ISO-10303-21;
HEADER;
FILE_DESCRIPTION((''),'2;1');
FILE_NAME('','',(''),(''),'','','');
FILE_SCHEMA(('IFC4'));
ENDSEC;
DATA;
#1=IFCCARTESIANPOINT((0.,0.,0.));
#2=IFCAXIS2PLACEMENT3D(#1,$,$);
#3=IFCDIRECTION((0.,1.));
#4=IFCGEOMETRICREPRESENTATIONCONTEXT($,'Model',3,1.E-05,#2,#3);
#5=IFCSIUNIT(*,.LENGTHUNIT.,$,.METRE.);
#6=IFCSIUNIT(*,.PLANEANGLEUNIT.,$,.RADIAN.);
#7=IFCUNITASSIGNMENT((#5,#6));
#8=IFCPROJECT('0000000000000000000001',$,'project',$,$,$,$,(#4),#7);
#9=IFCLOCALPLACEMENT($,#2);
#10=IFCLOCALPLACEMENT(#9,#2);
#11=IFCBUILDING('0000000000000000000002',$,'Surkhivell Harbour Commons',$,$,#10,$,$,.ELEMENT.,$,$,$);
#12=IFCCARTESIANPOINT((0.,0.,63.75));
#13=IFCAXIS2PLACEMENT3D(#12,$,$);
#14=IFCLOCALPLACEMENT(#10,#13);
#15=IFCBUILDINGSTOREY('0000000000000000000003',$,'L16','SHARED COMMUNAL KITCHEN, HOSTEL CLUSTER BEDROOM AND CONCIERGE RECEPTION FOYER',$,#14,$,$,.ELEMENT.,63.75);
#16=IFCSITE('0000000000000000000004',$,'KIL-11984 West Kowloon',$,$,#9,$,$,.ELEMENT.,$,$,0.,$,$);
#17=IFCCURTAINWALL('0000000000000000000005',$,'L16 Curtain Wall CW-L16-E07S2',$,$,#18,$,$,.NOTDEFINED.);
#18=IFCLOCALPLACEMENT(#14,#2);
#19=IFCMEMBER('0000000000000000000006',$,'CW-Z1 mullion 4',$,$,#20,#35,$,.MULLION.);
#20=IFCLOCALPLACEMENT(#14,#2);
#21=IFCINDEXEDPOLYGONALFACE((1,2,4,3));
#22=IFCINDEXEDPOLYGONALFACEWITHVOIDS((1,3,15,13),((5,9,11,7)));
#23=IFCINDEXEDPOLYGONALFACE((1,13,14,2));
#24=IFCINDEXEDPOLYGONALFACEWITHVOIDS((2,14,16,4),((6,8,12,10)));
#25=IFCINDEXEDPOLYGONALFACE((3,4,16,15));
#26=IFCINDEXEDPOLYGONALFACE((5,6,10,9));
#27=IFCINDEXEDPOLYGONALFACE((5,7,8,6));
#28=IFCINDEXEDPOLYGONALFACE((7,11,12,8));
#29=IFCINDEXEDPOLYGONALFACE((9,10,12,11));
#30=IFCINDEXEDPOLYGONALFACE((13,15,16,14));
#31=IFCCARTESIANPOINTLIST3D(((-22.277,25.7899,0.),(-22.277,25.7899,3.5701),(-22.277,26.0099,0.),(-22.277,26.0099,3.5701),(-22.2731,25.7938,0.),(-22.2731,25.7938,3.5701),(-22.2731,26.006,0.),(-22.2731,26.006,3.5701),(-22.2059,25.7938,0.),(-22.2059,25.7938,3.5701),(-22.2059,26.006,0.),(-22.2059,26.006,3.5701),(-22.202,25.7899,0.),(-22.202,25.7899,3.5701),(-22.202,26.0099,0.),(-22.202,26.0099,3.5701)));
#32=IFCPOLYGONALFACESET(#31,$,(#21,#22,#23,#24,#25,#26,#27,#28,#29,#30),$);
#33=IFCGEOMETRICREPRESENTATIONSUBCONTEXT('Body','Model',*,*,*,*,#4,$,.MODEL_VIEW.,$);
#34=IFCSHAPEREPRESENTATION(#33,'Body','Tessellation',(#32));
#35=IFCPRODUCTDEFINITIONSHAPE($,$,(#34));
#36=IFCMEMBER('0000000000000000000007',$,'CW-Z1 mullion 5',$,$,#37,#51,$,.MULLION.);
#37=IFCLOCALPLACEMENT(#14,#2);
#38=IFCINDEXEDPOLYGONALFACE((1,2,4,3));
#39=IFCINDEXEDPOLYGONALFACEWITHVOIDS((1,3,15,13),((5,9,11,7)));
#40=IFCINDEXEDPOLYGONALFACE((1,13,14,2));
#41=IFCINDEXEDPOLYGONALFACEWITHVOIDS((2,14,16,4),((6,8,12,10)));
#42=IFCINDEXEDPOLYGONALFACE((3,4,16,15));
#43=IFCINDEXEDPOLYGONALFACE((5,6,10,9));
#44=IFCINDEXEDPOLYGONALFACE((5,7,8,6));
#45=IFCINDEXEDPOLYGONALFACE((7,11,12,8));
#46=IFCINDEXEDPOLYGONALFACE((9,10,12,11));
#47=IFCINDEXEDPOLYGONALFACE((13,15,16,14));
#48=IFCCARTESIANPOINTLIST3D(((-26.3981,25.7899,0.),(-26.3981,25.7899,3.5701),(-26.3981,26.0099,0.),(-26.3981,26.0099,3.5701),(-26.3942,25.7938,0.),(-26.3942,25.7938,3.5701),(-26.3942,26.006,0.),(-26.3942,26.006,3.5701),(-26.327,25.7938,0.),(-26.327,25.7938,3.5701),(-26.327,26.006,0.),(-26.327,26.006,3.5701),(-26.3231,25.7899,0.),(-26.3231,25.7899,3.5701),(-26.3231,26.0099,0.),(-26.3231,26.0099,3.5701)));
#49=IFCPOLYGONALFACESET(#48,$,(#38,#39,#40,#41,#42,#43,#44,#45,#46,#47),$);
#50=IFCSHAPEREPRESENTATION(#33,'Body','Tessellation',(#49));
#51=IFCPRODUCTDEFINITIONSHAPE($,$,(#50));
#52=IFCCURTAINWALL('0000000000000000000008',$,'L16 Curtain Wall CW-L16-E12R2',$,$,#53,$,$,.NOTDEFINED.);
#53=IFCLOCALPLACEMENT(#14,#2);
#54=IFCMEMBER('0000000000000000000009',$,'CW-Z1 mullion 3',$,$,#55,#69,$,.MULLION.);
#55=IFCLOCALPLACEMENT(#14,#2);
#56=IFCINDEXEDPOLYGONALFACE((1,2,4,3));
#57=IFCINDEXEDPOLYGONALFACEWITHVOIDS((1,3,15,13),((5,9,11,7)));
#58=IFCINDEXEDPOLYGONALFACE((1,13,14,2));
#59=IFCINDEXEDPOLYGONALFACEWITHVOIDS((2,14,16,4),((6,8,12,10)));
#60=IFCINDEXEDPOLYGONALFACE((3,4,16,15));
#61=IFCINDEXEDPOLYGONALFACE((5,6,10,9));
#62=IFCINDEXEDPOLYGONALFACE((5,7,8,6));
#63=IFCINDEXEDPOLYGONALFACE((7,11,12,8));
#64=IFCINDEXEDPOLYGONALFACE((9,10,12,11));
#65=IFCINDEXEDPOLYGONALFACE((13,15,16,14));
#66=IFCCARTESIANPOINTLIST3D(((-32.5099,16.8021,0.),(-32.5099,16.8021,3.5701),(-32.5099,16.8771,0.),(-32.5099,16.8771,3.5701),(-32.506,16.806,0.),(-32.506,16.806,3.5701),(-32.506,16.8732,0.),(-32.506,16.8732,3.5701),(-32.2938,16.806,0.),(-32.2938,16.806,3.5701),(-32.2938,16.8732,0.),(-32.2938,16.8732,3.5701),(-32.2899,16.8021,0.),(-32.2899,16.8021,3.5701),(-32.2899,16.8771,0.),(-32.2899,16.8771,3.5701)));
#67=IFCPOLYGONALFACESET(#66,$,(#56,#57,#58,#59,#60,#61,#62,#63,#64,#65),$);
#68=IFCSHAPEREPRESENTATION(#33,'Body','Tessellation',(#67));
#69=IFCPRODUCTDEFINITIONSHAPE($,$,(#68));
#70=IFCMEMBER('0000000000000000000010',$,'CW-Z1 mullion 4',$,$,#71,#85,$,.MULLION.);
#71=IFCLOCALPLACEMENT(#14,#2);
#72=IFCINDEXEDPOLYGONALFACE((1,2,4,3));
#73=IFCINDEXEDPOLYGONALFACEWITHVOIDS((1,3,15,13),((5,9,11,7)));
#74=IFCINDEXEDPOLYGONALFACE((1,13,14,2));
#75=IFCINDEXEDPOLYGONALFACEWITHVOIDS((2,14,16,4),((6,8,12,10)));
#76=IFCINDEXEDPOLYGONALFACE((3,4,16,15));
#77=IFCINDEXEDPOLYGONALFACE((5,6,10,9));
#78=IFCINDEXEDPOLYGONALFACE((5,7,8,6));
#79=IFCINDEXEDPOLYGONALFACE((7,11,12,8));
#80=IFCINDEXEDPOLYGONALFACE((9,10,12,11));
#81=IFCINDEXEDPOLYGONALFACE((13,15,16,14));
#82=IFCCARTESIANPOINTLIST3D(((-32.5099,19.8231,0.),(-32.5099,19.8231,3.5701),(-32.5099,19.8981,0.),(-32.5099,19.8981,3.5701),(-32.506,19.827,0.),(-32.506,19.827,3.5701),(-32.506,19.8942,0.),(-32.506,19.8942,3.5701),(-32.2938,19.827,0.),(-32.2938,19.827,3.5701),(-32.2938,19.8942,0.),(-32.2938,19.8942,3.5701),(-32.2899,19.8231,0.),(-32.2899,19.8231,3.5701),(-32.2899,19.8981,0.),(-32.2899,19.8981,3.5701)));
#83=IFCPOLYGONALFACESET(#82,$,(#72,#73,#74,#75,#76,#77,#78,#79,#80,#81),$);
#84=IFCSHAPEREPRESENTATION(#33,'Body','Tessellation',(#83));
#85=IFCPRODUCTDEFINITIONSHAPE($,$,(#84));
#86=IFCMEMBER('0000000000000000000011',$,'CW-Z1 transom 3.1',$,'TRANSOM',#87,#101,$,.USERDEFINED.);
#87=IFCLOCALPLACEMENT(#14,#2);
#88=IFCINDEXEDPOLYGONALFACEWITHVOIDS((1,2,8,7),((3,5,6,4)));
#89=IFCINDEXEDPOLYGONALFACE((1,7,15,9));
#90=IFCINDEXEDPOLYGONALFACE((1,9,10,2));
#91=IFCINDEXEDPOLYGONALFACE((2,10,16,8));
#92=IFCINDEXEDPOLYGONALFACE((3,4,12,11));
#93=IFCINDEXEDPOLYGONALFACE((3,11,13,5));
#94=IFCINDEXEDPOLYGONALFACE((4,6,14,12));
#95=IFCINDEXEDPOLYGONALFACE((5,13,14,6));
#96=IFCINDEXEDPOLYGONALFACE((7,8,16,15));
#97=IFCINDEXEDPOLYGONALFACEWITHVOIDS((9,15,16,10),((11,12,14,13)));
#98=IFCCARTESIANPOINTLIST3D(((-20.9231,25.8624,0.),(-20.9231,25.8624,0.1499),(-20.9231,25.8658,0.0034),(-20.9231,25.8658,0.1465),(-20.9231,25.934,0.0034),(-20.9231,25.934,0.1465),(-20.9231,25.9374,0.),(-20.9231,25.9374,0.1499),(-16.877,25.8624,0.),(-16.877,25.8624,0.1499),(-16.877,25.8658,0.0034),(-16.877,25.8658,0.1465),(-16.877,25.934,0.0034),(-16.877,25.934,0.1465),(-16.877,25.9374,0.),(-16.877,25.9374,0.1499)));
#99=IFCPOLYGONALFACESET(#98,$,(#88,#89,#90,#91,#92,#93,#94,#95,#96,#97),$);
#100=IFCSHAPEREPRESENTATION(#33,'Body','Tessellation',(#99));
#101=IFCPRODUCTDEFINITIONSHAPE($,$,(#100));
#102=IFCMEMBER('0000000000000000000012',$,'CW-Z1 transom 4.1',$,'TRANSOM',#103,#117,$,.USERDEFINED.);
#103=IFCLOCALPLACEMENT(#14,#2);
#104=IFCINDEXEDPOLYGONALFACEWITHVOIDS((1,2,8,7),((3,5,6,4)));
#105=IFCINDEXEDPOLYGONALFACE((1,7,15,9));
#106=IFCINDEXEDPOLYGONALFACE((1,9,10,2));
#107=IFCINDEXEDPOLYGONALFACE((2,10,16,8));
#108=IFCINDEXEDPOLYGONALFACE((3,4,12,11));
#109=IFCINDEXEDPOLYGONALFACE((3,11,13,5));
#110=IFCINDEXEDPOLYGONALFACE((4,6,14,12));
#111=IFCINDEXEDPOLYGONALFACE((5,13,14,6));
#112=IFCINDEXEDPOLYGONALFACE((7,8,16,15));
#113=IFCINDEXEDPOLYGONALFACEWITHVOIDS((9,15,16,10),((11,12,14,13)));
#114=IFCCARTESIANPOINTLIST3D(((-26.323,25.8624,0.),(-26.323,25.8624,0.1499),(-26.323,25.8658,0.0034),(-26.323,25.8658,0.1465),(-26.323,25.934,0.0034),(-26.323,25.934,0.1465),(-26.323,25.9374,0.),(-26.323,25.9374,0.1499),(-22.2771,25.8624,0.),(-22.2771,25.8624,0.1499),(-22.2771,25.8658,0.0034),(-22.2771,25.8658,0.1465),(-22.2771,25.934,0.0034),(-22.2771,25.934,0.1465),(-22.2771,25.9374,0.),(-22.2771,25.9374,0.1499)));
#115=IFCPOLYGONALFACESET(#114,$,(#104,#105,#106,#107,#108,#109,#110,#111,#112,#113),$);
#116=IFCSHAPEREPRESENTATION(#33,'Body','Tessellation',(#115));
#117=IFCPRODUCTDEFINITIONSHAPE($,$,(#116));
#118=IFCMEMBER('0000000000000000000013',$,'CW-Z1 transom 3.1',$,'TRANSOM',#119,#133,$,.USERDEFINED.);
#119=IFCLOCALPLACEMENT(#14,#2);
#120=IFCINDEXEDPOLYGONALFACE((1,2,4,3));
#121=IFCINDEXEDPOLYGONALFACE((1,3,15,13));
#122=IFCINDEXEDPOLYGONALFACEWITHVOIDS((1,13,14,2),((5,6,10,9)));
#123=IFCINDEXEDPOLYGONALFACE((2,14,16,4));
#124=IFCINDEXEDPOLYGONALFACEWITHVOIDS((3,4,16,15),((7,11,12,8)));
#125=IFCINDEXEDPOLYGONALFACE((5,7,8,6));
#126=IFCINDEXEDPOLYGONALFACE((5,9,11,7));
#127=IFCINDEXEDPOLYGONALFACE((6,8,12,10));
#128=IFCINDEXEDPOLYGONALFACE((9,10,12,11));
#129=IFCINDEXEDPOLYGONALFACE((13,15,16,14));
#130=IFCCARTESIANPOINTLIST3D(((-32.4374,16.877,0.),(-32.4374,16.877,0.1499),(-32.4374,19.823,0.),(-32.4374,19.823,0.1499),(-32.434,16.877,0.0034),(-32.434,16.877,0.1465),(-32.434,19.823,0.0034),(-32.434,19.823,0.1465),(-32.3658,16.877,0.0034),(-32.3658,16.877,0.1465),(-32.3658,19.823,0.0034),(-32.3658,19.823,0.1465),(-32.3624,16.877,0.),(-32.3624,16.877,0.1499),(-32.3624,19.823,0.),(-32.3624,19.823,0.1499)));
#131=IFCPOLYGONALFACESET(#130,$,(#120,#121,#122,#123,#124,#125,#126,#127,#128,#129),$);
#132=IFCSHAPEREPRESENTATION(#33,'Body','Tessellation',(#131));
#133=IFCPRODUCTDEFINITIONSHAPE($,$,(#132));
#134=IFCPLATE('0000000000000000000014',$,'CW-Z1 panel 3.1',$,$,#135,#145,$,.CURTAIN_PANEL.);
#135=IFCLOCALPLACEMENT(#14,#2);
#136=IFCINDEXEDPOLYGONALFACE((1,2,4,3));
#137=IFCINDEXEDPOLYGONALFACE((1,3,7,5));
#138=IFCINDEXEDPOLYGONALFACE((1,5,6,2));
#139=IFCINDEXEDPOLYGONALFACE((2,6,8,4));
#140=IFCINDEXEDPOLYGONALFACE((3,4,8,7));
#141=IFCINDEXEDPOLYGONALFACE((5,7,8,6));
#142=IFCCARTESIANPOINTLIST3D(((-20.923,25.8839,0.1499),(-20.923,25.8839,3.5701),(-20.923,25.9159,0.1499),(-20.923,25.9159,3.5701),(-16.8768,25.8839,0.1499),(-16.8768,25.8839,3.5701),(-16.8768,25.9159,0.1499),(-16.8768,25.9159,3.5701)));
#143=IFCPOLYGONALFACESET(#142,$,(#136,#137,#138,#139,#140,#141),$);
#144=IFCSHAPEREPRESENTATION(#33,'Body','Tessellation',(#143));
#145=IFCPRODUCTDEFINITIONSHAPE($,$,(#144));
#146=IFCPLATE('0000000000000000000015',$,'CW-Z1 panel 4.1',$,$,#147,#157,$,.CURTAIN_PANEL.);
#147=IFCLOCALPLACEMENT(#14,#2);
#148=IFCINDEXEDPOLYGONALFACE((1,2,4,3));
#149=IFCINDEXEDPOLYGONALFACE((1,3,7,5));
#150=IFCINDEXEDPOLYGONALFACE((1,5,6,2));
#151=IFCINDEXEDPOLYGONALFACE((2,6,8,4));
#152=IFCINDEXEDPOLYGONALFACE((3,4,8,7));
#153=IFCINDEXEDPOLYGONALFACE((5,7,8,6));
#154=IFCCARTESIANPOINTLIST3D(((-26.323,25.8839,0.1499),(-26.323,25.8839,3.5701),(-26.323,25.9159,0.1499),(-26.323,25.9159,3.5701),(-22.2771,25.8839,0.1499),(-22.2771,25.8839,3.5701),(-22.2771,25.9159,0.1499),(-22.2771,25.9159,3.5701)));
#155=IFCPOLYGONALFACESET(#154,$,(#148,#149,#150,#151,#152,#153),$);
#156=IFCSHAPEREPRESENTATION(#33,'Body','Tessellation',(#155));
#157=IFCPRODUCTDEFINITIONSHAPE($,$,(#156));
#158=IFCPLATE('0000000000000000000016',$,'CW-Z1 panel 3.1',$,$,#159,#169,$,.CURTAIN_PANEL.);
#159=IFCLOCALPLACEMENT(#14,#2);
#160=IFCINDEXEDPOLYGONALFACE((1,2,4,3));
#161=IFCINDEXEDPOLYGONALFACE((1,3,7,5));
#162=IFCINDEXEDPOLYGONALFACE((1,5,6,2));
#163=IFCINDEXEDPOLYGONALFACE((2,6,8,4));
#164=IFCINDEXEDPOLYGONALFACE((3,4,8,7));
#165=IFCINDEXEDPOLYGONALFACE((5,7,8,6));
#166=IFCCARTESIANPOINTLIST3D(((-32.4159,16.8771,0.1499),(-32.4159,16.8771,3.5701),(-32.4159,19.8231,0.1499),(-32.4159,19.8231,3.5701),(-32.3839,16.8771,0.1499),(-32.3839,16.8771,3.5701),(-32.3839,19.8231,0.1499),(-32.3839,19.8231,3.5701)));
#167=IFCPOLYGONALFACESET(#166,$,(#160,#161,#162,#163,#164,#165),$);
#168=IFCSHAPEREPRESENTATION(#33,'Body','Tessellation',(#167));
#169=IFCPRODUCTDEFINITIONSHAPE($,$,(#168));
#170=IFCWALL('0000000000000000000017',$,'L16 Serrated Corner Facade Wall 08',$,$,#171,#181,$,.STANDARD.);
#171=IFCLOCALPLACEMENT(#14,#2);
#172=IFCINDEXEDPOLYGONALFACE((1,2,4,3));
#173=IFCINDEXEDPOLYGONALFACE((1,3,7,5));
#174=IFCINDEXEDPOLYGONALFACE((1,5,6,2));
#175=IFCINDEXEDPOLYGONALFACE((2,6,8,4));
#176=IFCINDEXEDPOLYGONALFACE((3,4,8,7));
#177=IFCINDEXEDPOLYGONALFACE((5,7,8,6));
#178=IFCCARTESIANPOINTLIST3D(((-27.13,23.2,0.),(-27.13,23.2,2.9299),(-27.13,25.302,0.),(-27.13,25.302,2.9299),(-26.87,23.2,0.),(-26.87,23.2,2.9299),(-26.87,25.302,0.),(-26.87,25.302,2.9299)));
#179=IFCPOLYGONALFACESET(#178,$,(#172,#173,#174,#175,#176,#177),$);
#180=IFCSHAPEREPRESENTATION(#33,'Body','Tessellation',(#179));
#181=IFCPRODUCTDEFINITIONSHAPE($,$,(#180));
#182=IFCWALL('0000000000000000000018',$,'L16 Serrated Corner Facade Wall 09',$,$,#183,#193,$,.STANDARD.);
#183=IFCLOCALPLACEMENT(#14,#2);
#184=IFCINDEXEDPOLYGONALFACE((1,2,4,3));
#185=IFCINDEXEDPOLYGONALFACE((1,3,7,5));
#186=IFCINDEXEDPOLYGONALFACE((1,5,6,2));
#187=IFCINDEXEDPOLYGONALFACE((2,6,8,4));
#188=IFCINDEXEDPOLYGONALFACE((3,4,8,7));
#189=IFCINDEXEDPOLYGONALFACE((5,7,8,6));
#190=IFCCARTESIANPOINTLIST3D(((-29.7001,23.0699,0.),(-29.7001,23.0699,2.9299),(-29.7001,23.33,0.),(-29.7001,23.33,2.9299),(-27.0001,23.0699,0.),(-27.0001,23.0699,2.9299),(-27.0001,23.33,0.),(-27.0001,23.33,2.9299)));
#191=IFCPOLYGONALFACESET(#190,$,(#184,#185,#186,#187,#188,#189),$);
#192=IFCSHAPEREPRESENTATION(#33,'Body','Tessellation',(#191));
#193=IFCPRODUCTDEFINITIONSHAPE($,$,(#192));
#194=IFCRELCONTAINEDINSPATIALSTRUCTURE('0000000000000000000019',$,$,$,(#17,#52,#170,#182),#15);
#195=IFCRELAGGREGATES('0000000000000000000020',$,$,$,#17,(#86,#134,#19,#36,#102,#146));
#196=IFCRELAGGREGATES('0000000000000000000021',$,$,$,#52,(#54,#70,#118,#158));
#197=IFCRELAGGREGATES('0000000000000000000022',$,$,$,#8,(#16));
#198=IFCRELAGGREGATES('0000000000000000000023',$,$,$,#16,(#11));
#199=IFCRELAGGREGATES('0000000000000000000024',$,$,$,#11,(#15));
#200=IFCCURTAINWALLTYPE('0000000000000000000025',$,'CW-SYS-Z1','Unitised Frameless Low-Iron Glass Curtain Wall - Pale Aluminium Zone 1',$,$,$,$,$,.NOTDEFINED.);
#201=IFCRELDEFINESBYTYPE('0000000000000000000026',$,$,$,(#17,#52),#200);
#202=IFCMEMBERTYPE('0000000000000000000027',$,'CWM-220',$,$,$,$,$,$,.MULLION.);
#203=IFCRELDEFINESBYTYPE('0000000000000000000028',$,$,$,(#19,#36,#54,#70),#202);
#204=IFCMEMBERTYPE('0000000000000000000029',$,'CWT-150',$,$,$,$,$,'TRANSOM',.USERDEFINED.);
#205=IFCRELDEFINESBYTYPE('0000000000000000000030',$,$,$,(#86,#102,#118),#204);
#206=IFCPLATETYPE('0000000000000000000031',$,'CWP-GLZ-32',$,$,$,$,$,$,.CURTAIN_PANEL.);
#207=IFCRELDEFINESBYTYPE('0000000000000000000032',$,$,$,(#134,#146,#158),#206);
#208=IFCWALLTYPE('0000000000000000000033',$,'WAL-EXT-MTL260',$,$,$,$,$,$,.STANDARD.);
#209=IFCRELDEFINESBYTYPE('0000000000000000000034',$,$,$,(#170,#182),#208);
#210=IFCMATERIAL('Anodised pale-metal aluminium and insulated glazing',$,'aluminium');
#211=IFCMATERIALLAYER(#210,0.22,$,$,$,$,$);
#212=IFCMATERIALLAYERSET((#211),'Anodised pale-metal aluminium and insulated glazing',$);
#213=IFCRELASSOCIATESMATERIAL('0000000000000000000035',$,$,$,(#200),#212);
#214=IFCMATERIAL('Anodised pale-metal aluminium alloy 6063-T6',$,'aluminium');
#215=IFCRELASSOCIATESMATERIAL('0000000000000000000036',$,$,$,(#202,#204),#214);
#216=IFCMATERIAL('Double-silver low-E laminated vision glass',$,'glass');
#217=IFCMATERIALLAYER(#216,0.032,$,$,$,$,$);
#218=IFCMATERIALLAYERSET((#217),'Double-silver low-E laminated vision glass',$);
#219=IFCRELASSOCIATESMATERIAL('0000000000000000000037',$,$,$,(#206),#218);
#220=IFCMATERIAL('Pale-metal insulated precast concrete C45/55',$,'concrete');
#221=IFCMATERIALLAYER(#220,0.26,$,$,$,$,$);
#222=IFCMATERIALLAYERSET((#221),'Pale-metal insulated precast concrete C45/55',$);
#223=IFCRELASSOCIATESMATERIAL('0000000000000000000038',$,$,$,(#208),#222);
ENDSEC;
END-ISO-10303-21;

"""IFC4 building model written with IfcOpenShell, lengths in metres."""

from ifc_helpers import new_model, si_unit, direction, frame, frame_2d, origin, origin_2d, place, context, subcontext, project, spatial, rectangle, hollow_rectangle, extrude, material, layer, layer_set, material_profile, profile_set, type_object, element, aggregate, save


model = new_model("IFC4")

# Units and contexts
model_context = context("Model", 3, precision=1e-05, world=origin(), true_north=direction((0.0, 1.0)))
body_context = subcontext(model_context, "Body", "Model", "MODEL_VIEW")
ifc_project = project(units=[si_unit("LENGTHUNIT", "METRE"), si_unit("PLANEANGLEUNIT", "RADIAN")], contexts=[model_context])

# Site, building, storey
site_placement = place(None, origin())
site = spatial("IfcSite", under=ifc_project, at=site_placement, Name="KIL-11984 West Kowloon", CompositionType="ELEMENT", RefElevation=0.0)
building_placement = place(site_placement, origin())
building = spatial("IfcBuilding", under=site, at=building_placement, Name="Surkhivell Harbour Commons", CompositionType="ELEMENT")
storey_placement = place(building_placement, frame((0.0, 0.0, 63.75)))
storey = spatial("IfcBuildingStorey", under=building, at=storey_placement, Name="L16", Description="SHARED COMMUNAL KITCHEN, HOSTEL CLUSTER BEDROOM AND CONCIERGE RECEPTION FOYER", CompositionType="ELEMENT", Elevation=63.75)

# Curtain walls, members
ifc_material_1 = material(Name="Anodised pale-metal aluminium and insulated glazing", Category="aluminium")
ifc_layer_1 = layer(ifc_material_1, 0.22)
ifc_layer_set_1 = layer_set([ifc_layer_1], Name="Anodised pale-metal aluminium and insulated glazing")
curtain_wall_type = type_object("IfcCurtainWallType", Name="CW-SYS-Z1", Description="Unitised Frameless Low-Iron Glass Curtain Wall - Pale Aluminium Zone 1", PredefinedType="NOTDEFINED", material=ifc_layer_set_1)
curtain_wall_1_placement = place(storey_placement, origin())
curtain_wall_1 = element("IfcCurtainWall", 1, at=curtain_wall_1_placement, inside=storey, type_object=curtain_wall_type, Name="L16 Curtain Wall CW-L16-E07S2", PredefinedType="NOTDEFINED")
ifc_material_2 = material(Name="Anodised pale-metal aluminium alloy 6063-T6", Category="aluminium")
ifc_material_profile_1 = material_profile(ifc_material_2, hollow_rectangle(XDim=0.075, YDim=0.22, WallThickness=0.0039, at=origin_2d()), Name="ALU-MULL-75x220")
ifc_profile_set_1 = profile_set([ifc_material_profile_1], Name="Anodised pale-metal aluminium alloy 6063-T6")
member_type_1 = type_object("IfcMemberType", Name="CWM-220", PredefinedType="MULLION", material=ifc_profile_set_1)
member_1_placement = place(storey_placement, frame((-22.2395, 25.8999, 0.0), z_axis=(0.0, 0.0, 1.0), x_axis=(-1.0, 0.0, 0.0)))
member_1 = element("IfcMember", 2, at=member_1_placement, type_object=member_type_1, Name="CW-Z1 mullion 4", PredefinedType="MULLION", context=body_context, shape_type="SweptSolid", body=[
    extrude(hollow_rectangle(XDim=0.075, YDim=0.22, WallThickness=0.0039, at=origin_2d()), origin(), (0.0, 0.0, 1.0), 3.5701),
])
member_2_placement = place(storey_placement, frame((-26.3606, 25.8999, 0.0), z_axis=(0.0, 0.0, 1.0), x_axis=(-1.0, 0.0, 0.0)))
member_2 = element("IfcMember", 3, at=member_2_placement, type_object=member_type_1, Name="CW-Z1 mullion 5", PredefinedType="MULLION", context=body_context, shape_type="SweptSolid", body=[
    extrude(hollow_rectangle(XDim=0.075, YDim=0.22, WallThickness=0.0039, at=origin_2d()), origin(), (0.0, 0.0, 1.0), 3.5701),
])
curtain_wall_2_placement = place(storey_placement, origin())
curtain_wall_2 = element("IfcCurtainWall", 4, at=curtain_wall_2_placement, inside=storey, type_object=curtain_wall_type, Name="L16 Curtain Wall CW-L16-E12R2", PredefinedType="NOTDEFINED")
member_3_placement = place(storey_placement, frame((-32.3999, 16.8396, 0.0), z_axis=(0.0, 0.0, 1.0), x_axis=(0.0, 1.0, 0.0)))
member_3 = element("IfcMember", 5, at=member_3_placement, type_object=member_type_1, Name="CW-Z1 mullion 3", PredefinedType="MULLION", context=body_context, shape_type="SweptSolid", body=[
    extrude(hollow_rectangle(XDim=0.075, YDim=0.22, WallThickness=0.0039, at=origin_2d()), origin(), (0.0, 0.0, 1.0), 3.5701),
])
member_4_placement = place(storey_placement, frame((-32.3999, 19.8606, 0.0), z_axis=(0.0, 0.0, 1.0), x_axis=(0.0, 1.0, 0.0)))
member_4 = element("IfcMember", 6, at=member_4_placement, type_object=member_type_1, Name="CW-Z1 mullion 4", PredefinedType="MULLION", context=body_context, shape_type="SweptSolid", body=[
    extrude(hollow_rectangle(XDim=0.075, YDim=0.22, WallThickness=0.0039, at=origin_2d()), origin(), (0.0, 0.0, 1.0), 3.5701),
])

# Members
ifc_material_profile_2 = material_profile(ifc_material_2, hollow_rectangle(XDim=0.075, YDim=0.1499, WallThickness=0.0034, at=origin_2d()), Name="ALU-TRAN-75x150")
ifc_profile_set_2 = profile_set([ifc_material_profile_2], Name="Anodised pale-metal aluminium alloy 6063-T6")
member_type_2 = type_object("IfcMemberType", Name="CWT-150", ElementType="TRANSOM", PredefinedType="USERDEFINED", material=ifc_profile_set_2)
member_5_placement = place(storey_placement, frame((-16.877, 25.8999, 0.075), z_axis=(-1.0, 0.0, 0.0), x_axis=(0.0, -1.0, 0.0)))
member_5 = element("IfcMember", 7, at=member_5_placement, type_object=member_type_2, Name="CW-Z1 transom 3.1", ObjectType="TRANSOM", PredefinedType="USERDEFINED", context=body_context, shape_type="SweptSolid", body=[
    extrude(hollow_rectangle(XDim=0.075, YDim=0.1499, WallThickness=0.0034, at=origin_2d()), origin(), (0.0, 0.0, 1.0), 4.0461),
])
member_6_placement = place(storey_placement, frame((-22.2771, 25.8999, 0.075), z_axis=(-1.0, 0.0, 0.0), x_axis=(0.0, -1.0, 0.0)))
member_6 = element("IfcMember", 8, at=member_6_placement, type_object=member_type_2, Name="CW-Z1 transom 4.1", ObjectType="TRANSOM", PredefinedType="USERDEFINED", context=body_context, shape_type="SweptSolid", body=[
    extrude(hollow_rectangle(XDim=0.075, YDim=0.1499, WallThickness=0.0034, at=origin_2d()), origin(), (0.0, 0.0, 1.0), 4.0459),
])
member_7_placement = place(storey_placement, frame((-32.3999, 16.877, 0.075), z_axis=(0.0, 1.0, 0.0), x_axis=(-1.0, 0.0, 0.0)))
member_7 = element("IfcMember", 9, at=member_7_placement, type_object=member_type_2, Name="CW-Z1 transom 3.1", ObjectType="TRANSOM", PredefinedType="USERDEFINED", context=body_context, shape_type="SweptSolid", body=[
    extrude(hollow_rectangle(XDim=0.075, YDim=0.1499, WallThickness=0.0034, at=origin_2d()), origin(), (0.0, 0.0, 1.0), 2.946),
])

# Plates
ifc_material_3 = material(Name="Double-silver low-E laminated vision glass", Category="glass")
ifc_layer_2 = layer(ifc_material_3, 0.032)
ifc_layer_set_2 = layer_set([ifc_layer_2], Name="Double-silver low-E laminated vision glass")
plate_type = type_object("IfcPlateType", Name="CWP-GLZ-32", PredefinedType="CURTAIN_PANEL", material=ifc_layer_set_2)
plate_1_placement = place(storey_placement, frame((-16.877, 25.8999, 0.1499), z_axis=(0.0, 0.0, 1.0), x_axis=(-1.0, 0.0, 0.0)))
plate_1 = element("IfcPlate", 10, at=plate_1_placement, type_object=plate_type, Name="CW-Z1 panel 3.1", PredefinedType="CURTAIN_PANEL", context=body_context, shape_type="SweptSolid", body=[
    extrude(rectangle(XDim=4.0461, YDim=0.032, at=frame_2d((2.0229, 0.0))), origin(), (0.0, 0.0, 1.0), 3.4202),
])
plate_2_placement = place(storey_placement, frame((-22.2771, 25.8999, 0.1499), z_axis=(0.0, 0.0, 1.0), x_axis=(-1.0, 0.0, 0.0)))
plate_2 = element("IfcPlate", 11, at=plate_2_placement, type_object=plate_type, Name="CW-Z1 panel 4.1", PredefinedType="CURTAIN_PANEL", context=body_context, shape_type="SweptSolid", body=[
    extrude(rectangle(XDim=4.0459, YDim=0.032, at=frame_2d((2.0229, 0.0))), origin(), (0.0, 0.0, 1.0), 3.4202),
])
aggregate(curtain_wall_1, [member_5, plate_1, member_1, member_2, member_6, plate_2])
plate_3_placement = place(storey_placement, frame((-32.3999, 16.877, 0.1499), z_axis=(0.0, 0.0, 1.0), x_axis=(0.0, 1.0, 0.0)))
plate_3 = element("IfcPlate", 12, at=plate_3_placement, type_object=plate_type, Name="CW-Z1 panel 3.1", PredefinedType="CURTAIN_PANEL", context=body_context, shape_type="SweptSolid", body=[
    extrude(rectangle(XDim=2.946, YDim=0.032, at=frame_2d((1.4731, 0.0))), origin(), (0.0, 0.0, 1.0), 3.4202),
])
aggregate(curtain_wall_2, [member_3, member_4, member_7, plate_3])

# Walls
ifc_material_4 = material(Name="Pale-metal insulated precast concrete C45/55", Category="concrete")
ifc_layer_3 = layer(ifc_material_4, 0.26)
ifc_layer_set_3 = layer_set([ifc_layer_3], Name="Pale-metal insulated precast concrete C45/55")
wall_type = type_object("IfcWallType", Name="WAL-EXT-MTL260", PredefinedType="STANDARD", material=ifc_layer_set_3)
wall_1_placement = place(storey_placement, frame((-27.0, 25.302, 0.0), z_axis=(0.0, 0.0, 1.0), x_axis=(0.0, -1.0, 0.0)))
element("IfcWall", 13, at=wall_1_placement, inside=storey, type_object=wall_type, Name="L16 Serrated Corner Facade Wall 08", PredefinedType="STANDARD", context=body_context, shape_type="SweptSolid", body=[
    extrude(rectangle(XDim=2.1021, YDim=0.26, at=frame_2d((1.051, 0.0))), origin(), (0.0, 0.0, 1.0), 2.9299),
])
wall_2_placement = place(storey_placement, frame((-27.0, 23.2, 0.0), z_axis=(0.0, 0.0, 1.0), x_axis=(-1.0, 0.0, 0.0)))
element("IfcWall", 14, at=wall_2_placement, inside=storey, type_object=wall_type, Name="L16 Serrated Corner Facade Wall 09", PredefinedType="STANDARD", context=body_context, shape_type="SweptSolid", body=[
    extrude(rectangle(XDim=2.7, YDim=0.26, at=frame_2d((1.3501, 0.0))), origin(), (0.0, 0.0, 1.0), 2.9299),
])

save(model, "model.ifc")
